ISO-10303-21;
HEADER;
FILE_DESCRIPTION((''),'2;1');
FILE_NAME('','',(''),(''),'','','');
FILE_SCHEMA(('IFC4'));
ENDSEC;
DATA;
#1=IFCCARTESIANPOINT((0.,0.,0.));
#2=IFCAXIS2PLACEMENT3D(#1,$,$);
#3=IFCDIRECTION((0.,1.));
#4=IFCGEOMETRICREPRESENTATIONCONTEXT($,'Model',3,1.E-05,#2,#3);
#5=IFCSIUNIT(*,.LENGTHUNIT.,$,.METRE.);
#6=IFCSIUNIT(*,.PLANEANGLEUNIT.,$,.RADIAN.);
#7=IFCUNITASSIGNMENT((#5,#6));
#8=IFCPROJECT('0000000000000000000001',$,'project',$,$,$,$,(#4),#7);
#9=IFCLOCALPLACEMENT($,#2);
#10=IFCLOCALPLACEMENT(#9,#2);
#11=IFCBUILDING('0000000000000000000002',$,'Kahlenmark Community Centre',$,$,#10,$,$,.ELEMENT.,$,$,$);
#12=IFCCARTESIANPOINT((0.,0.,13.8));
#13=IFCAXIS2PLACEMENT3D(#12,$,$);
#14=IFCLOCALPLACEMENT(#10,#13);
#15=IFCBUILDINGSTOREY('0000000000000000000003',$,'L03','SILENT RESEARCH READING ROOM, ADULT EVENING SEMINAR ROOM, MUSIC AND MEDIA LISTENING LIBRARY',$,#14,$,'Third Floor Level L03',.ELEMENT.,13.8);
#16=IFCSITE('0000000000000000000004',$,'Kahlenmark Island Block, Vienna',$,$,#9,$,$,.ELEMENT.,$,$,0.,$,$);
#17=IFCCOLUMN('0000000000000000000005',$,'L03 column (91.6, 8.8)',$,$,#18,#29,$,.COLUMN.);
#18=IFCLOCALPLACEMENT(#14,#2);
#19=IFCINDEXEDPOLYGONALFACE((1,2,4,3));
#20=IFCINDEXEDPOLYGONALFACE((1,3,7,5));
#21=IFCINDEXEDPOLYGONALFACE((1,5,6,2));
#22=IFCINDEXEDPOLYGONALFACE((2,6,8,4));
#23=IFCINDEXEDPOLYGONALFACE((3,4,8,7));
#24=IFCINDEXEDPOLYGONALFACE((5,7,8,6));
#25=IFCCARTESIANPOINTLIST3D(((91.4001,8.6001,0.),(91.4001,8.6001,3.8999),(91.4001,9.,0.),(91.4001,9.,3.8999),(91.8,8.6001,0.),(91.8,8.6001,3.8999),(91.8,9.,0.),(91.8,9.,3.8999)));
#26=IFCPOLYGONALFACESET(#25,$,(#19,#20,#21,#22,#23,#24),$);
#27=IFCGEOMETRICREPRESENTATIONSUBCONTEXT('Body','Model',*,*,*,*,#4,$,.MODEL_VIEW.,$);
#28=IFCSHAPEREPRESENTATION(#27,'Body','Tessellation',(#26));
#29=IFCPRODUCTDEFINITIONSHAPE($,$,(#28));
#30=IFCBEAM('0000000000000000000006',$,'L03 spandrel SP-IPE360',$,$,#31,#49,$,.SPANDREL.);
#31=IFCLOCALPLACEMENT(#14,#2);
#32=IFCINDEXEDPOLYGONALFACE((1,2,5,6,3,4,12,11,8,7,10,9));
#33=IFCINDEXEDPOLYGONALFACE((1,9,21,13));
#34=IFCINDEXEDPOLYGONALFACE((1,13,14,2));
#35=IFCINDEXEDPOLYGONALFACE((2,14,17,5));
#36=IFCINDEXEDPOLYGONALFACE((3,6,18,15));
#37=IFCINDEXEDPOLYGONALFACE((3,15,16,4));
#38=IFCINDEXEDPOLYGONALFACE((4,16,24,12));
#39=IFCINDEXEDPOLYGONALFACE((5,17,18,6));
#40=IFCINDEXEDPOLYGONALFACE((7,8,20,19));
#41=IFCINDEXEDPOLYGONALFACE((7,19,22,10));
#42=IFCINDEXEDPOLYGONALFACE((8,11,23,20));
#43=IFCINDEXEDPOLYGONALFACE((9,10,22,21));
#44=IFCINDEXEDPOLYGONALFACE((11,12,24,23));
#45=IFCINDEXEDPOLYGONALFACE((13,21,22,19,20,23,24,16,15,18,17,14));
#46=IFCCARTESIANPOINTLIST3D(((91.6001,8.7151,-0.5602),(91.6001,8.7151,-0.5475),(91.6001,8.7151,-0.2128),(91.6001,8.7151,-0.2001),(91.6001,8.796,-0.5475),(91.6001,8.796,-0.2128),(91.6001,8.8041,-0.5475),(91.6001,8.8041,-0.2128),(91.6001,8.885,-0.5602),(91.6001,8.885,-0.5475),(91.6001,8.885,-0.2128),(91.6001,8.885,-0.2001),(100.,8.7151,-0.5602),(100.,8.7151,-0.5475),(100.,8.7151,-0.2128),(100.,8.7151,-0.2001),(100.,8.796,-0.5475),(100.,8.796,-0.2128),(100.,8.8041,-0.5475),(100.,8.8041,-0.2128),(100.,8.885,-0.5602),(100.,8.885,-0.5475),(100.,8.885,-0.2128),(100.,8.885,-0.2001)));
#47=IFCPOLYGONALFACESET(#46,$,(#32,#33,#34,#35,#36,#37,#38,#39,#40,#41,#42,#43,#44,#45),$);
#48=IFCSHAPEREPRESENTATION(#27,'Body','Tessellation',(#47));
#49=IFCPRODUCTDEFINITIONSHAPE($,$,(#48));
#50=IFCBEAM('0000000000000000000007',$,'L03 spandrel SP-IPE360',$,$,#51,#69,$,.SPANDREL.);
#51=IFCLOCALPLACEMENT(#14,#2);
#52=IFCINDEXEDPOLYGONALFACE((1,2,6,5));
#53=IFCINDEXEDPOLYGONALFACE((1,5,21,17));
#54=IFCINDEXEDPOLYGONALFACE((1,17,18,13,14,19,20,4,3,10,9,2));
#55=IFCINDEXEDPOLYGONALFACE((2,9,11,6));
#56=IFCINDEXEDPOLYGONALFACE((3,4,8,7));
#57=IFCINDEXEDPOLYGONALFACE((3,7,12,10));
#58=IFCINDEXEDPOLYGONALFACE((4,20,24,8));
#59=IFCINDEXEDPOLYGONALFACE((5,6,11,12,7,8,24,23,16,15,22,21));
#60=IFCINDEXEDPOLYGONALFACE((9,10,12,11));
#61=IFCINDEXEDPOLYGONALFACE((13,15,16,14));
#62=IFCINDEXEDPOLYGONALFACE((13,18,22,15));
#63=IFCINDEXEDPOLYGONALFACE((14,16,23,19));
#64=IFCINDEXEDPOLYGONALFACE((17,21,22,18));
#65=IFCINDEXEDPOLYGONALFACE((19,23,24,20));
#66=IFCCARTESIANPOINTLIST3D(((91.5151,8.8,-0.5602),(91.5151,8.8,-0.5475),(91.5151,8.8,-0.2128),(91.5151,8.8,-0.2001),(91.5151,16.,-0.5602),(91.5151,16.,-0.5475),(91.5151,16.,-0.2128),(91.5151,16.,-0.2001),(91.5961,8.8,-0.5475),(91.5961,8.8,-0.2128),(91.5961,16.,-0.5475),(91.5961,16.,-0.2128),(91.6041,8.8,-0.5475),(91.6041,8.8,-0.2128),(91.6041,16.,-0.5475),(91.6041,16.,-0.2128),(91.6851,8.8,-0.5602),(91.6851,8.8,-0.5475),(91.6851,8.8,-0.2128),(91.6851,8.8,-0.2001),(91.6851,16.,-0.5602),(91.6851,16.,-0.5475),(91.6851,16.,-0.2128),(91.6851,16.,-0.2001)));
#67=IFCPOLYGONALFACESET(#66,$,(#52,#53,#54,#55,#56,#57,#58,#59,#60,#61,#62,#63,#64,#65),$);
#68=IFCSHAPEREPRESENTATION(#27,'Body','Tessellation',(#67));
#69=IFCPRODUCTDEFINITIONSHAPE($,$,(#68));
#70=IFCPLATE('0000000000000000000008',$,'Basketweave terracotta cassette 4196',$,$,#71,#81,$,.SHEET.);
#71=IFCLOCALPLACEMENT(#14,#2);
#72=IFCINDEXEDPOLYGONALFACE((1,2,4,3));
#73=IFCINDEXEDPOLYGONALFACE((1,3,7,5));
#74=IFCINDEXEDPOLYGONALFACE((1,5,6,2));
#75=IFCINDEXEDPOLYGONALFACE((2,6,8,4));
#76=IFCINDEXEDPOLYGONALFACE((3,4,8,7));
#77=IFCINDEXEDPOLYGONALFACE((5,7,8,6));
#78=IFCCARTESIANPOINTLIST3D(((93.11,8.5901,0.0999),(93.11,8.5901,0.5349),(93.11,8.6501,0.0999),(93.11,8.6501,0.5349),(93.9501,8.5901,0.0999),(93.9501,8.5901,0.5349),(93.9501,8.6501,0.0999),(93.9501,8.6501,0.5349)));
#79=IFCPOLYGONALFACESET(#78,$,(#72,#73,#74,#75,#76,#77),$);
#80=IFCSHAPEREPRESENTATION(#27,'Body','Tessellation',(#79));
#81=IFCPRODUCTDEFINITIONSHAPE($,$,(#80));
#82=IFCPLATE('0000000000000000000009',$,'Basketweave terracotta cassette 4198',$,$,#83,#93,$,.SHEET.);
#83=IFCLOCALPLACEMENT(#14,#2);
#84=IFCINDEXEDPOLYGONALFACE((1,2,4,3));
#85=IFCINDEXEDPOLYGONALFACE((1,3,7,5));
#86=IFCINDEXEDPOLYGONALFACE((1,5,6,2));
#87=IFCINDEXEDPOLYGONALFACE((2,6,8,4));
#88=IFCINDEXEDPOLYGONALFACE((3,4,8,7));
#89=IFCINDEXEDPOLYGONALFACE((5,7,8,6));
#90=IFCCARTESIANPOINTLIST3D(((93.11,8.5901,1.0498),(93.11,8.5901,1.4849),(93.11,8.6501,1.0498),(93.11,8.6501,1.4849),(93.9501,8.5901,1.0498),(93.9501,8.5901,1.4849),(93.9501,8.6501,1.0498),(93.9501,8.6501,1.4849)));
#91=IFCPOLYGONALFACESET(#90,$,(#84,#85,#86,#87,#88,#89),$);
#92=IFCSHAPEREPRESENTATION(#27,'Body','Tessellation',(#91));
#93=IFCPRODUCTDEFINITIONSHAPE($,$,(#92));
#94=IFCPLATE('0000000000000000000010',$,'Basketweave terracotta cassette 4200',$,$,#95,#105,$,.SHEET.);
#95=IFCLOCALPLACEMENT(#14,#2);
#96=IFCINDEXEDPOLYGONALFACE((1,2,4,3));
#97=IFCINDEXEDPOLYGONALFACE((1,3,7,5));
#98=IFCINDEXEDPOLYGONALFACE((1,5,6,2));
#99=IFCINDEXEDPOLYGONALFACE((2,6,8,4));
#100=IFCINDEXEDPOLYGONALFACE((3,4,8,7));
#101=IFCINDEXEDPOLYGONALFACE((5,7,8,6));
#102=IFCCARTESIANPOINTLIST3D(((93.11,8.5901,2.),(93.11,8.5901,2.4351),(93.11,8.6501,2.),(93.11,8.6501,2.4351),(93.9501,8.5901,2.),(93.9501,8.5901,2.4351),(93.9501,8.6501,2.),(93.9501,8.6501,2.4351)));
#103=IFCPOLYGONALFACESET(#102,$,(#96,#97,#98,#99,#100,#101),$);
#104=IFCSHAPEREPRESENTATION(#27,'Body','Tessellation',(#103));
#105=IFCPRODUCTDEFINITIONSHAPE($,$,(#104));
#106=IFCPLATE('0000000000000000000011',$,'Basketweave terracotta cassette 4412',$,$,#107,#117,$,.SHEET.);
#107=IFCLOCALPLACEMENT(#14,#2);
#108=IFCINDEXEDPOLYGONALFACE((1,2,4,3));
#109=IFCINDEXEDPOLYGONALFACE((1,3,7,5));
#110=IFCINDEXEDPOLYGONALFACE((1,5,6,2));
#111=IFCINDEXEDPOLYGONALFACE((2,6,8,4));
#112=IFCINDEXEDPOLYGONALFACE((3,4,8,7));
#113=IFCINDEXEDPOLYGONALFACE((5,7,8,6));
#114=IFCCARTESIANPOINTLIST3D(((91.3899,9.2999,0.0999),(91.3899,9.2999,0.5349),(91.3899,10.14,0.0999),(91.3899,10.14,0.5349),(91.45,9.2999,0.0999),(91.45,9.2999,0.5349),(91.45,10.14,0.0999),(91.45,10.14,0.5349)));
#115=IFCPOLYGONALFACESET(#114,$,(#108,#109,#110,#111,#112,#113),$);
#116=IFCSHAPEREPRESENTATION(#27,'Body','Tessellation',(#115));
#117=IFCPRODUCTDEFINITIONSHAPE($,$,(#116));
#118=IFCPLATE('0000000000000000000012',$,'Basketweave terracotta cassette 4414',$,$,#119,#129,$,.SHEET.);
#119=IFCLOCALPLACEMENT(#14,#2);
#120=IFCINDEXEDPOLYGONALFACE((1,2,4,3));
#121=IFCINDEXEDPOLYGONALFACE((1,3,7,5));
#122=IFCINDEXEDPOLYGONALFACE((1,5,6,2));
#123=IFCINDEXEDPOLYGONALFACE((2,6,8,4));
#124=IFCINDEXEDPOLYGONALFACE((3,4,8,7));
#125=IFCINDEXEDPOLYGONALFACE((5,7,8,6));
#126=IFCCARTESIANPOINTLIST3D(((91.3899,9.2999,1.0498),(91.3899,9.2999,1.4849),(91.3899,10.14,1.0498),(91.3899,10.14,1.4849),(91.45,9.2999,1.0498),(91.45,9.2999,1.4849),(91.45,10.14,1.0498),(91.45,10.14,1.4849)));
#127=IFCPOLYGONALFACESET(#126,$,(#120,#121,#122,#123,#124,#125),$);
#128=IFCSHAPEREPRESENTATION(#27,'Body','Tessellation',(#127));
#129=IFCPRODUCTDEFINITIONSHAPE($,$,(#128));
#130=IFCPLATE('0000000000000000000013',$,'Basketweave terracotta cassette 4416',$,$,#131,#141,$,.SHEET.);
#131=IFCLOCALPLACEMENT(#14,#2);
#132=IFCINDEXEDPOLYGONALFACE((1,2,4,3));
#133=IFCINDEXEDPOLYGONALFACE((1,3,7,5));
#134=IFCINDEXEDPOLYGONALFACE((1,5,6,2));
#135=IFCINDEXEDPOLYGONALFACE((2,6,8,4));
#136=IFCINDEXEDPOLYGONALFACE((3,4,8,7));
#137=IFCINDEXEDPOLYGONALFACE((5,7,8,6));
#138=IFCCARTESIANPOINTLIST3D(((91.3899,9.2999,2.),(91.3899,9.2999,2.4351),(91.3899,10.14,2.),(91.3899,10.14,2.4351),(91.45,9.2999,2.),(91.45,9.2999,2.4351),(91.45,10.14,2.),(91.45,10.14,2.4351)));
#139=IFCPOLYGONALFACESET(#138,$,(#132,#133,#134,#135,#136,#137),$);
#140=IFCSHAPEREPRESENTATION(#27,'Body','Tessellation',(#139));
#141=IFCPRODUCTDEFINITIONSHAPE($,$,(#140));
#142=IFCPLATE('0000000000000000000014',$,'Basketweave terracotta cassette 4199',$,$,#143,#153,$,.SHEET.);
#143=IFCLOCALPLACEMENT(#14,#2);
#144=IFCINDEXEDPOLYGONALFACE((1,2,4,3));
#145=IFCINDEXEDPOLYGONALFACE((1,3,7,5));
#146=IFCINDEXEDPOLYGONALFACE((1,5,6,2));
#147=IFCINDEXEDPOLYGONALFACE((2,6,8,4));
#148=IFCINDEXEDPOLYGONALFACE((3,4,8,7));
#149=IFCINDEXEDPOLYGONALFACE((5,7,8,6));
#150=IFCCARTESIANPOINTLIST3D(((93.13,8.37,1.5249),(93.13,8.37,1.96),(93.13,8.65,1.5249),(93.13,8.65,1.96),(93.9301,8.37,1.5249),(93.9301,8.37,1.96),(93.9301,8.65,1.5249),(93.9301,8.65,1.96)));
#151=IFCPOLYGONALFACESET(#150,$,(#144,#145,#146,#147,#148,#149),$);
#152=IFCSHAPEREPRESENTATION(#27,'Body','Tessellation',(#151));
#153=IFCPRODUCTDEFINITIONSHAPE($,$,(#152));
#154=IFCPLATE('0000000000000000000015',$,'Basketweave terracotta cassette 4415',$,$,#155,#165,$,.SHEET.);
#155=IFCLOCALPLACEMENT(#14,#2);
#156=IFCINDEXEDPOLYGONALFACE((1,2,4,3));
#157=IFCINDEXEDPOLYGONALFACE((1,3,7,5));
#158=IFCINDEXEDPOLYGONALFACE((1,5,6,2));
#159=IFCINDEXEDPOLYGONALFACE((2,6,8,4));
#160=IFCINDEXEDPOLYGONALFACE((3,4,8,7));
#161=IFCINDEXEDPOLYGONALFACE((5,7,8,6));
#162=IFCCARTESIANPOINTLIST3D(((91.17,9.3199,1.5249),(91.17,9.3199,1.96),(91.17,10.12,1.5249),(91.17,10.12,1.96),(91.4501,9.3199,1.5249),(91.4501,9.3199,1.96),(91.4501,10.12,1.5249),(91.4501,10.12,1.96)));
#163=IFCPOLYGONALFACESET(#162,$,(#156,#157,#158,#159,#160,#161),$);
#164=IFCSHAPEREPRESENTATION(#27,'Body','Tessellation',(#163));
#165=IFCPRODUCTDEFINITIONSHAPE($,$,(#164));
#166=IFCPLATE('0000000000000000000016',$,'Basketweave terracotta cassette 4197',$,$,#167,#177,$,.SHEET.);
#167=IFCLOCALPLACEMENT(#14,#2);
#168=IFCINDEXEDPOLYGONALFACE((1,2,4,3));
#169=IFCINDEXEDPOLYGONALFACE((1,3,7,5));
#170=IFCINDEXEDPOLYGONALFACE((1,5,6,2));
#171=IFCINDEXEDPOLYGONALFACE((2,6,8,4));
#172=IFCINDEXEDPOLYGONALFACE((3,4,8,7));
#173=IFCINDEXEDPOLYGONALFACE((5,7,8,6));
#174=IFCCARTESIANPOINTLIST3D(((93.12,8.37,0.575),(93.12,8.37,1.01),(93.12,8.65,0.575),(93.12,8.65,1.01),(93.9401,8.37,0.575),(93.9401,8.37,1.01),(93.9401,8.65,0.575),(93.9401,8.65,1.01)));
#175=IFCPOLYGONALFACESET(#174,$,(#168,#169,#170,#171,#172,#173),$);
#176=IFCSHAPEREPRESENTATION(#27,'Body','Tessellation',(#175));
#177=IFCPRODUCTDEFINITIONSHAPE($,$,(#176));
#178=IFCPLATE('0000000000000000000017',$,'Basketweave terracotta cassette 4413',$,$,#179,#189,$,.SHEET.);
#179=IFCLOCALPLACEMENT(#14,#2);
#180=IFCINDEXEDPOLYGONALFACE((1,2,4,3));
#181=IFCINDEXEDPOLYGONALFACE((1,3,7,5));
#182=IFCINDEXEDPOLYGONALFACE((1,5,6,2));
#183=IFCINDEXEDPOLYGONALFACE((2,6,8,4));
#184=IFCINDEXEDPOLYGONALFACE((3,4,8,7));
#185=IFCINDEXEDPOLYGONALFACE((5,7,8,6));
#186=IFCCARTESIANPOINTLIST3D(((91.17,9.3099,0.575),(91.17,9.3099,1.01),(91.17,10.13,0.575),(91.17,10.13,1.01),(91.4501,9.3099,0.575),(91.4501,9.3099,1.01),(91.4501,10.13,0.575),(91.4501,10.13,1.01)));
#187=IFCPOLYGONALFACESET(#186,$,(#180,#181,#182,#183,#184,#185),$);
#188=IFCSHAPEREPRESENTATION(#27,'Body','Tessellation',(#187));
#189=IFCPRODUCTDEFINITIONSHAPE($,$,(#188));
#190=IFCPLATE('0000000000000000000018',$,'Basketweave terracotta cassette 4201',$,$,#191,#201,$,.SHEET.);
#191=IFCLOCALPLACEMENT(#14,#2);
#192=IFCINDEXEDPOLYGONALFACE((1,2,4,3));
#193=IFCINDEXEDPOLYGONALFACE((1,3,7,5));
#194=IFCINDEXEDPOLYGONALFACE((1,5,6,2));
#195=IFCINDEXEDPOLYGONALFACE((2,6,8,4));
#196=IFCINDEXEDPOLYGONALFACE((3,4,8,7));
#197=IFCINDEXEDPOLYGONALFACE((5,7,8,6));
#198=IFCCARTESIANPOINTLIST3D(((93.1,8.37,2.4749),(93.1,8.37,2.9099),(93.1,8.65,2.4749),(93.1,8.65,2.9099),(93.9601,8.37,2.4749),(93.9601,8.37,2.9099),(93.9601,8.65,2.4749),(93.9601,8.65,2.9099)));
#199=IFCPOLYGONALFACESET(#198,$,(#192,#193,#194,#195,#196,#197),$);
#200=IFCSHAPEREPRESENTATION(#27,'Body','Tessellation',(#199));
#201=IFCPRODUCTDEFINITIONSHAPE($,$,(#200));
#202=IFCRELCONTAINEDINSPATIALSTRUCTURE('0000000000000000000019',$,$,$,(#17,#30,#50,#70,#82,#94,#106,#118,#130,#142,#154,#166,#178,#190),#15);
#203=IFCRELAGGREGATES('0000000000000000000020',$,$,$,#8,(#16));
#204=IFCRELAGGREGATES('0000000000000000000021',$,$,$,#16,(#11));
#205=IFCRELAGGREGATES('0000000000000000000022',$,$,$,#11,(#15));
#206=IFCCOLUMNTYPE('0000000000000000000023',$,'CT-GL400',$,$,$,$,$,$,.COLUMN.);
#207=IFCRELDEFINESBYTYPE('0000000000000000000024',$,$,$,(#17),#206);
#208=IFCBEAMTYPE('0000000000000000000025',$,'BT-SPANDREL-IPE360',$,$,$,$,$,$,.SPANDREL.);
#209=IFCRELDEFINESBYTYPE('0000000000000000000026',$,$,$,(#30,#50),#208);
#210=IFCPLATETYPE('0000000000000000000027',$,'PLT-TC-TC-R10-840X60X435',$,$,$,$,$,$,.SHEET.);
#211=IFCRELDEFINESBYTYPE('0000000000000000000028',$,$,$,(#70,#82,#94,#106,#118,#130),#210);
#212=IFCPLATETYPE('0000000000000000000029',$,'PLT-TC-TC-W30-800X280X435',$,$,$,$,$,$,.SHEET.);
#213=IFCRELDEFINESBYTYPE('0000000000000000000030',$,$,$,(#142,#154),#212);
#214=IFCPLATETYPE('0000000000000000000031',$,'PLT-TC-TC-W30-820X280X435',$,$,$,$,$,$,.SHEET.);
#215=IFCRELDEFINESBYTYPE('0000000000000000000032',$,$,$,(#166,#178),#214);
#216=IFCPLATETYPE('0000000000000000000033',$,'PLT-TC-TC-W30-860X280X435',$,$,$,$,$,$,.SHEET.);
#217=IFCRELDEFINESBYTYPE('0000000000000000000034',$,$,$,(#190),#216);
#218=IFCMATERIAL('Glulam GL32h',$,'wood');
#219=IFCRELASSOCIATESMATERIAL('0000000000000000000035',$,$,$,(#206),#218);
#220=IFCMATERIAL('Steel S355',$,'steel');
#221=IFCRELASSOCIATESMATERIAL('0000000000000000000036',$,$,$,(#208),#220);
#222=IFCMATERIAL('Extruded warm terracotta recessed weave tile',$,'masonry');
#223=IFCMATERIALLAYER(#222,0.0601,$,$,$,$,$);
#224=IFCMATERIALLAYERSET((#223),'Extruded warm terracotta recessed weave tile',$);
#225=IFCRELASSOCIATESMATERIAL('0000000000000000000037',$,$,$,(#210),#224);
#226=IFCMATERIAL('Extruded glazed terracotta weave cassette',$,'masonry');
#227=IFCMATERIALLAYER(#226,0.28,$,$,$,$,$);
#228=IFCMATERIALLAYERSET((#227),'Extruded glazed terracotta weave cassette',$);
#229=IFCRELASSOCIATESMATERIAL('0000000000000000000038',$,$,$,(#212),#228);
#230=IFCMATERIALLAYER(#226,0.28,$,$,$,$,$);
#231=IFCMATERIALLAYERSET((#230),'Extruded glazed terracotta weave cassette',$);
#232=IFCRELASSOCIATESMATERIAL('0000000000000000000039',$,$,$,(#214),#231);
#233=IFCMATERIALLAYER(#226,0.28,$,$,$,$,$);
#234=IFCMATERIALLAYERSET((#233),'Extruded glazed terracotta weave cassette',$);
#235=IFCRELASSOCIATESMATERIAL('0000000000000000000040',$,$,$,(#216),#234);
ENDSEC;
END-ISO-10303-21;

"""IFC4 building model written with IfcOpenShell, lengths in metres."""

from ifc_helpers import new_model, si_unit, direction, frame, origin, origin_2d, place, context, subcontext, project, spatial, rectangle, i_section, extrude, material, layer, layer_set, material_profile, profile_set, type_object, element, save


model = new_model("IFC4")

# Units and contexts
model_context = context("Model", 3, precision=1e-05, world=origin(), true_north=direction((0.0, 1.0)))
body_context = subcontext(model_context, "Body", "Model", "MODEL_VIEW")
ifc_project = project(units=[si_unit("LENGTHUNIT", "METRE"), si_unit("PLANEANGLEUNIT", "RADIAN")], contexts=[model_context])

# Site, building, storey
site_placement = place(None, origin())
site = spatial("IfcSite", under=ifc_project, at=site_placement, Name="Kahlenmark Island Block, Vienna", CompositionType="ELEMENT", RefElevation=0.0)
building_placement = place(site_placement, origin())
building = spatial("IfcBuilding", under=site, at=building_placement, Name="Kahlenmark Community Centre", CompositionType="ELEMENT")
storey_placement = place(building_placement, frame((0.0, 0.0, 13.8)))
storey = spatial("IfcBuildingStorey", under=building, at=storey_placement, Name="L03", Description="SILENT RESEARCH READING ROOM, ADULT EVENING SEMINAR ROOM, MUSIC AND MEDIA LISTENING LIBRARY", LongName="Third Floor Level L03", CompositionType="ELEMENT", Elevation=13.8)

# Column
ifc_material_1 = material(Name="Glulam GL32h", Category="wood")
ifc_material_profile_1 = material_profile(ifc_material_1, rectangle(XDim=0.3999, YDim=0.3999, at=origin_2d()), Name="GL32h 400x400")
ifc_profile_set_1 = profile_set([ifc_material_profile_1], Name="Glulam GL32h")
column_type = type_object("IfcColumnType", Name="CT-GL400", PredefinedType="COLUMN", material=ifc_profile_set_1)
column_placement = place(storey_placement, frame((91.6001, 8.8, 0.0), z_axis=(0.0, 0.0, 1.0), x_axis=(1.0, 0.0, 0.0)))
element("IfcColumn", 1, at=column_placement, inside=storey, type_object=column_type, Name="L03 column (91.6, 8.8)", PredefinedType="COLUMN", context=body_context, shape_type="SweptSolid", body=[
    extrude(rectangle(XDim=0.3999, YDim=0.3999, at=origin_2d()), origin(), (0.0, 0.0, 1.0), 3.8999),
])

# Beams
ifc_material_2 = material(Name="Steel S355", Category="steel")
ifc_material_profile_2 = material_profile(ifc_material_2, i_section(OverallWidth=0.1699, OverallDepth=0.3601, WebThickness=0.0081, FlangeThickness=0.0127, at=origin_2d()), Name="IPE 360")
ifc_profile_set_2 = profile_set([ifc_material_profile_2], Name="Steel S355")
beam_type = type_object("IfcBeamType", Name="BT-SPANDREL-IPE360", PredefinedType="SPANDREL", material=ifc_profile_set_2)
beam_1_placement = place(storey_placement, frame((91.6001, 8.8, -0.3801), z_axis=(1.0, 0.0, 0.0), x_axis=(0.0, 1.0, 0.0)))
element("IfcBeam", 2, at=beam_1_placement, inside=storey, type_object=beam_type, Name="L03 spandrel SP-IPE360", PredefinedType="SPANDREL", context=body_context, shape_type="SweptSolid", body=[
    extrude(i_section(OverallWidth=0.1699, OverallDepth=0.3601, WebThickness=0.0081, FlangeThickness=0.0127, at=origin_2d()), origin(), (0.0, 0.0, 1.0), 8.3999),
])
beam_2_placement = place(storey_placement, frame((91.6001, 8.8, -0.3801), z_axis=(0.0, 1.0, 0.0), x_axis=(-1.0, 0.0, 0.0)))
element("IfcBeam", 3, at=beam_2_placement, inside=storey, type_object=beam_type, Name="L03 spandrel SP-IPE360", PredefinedType="SPANDREL", context=body_context, shape_type="SweptSolid", body=[
    extrude(i_section(OverallWidth=0.1699, OverallDepth=0.3601, WebThickness=0.0081, FlangeThickness=0.0127, at=origin_2d()), origin(), (0.0, 0.0, 1.0), 7.2),
])

# Plates
ifc_material_3 = material(Name="Extruded warm terracotta recessed weave tile", Category="masonry")
ifc_layer_1 = layer(ifc_material_3, 0.0601)
ifc_layer_set_1 = layer_set([ifc_layer_1], Name="Extruded warm terracotta recessed weave tile")
plate_type_1 = type_object("IfcPlateType", Name="PLT-TC-TC-R10-840X60X435", PredefinedType="SHEET", material=ifc_layer_set_1)
for number, where, z_axis, x_axis, name in (
    (4, (93.53, 8.6201, 0.0999), (0.0, 0.0, 1.0), (1.0, 0.0, 0.0), "Basketweave terracotta cassette 4196"),
    (5, (93.53, 8.6201, 1.0498), (0.0, 0.0, 1.0), (1.0, 0.0, 0.0), "Basketweave terracotta cassette 4198"),
    (6, (93.53, 8.6201, 2.0), (0.0, 0.0, 1.0), (1.0, 0.0, 0.0), "Basketweave terracotta cassette 4200"),
    (7, (91.4199, 9.72, 0.0999), (0.0, 0.0, 1.0), (0.0, -1.0, 0.0), "Basketweave terracotta cassette 4412"),
    (8, (91.4199, 9.72, 1.0498), (0.0, 0.0, 1.0), (0.0, -1.0, 0.0), "Basketweave terracotta cassette 4414"),
    (9, (91.4199, 9.72, 2.0), (0.0, 0.0, 1.0), (0.0, -1.0, 0.0), "Basketweave terracotta cassette 4416"),
):
    element("IfcPlate", number, at=place(storey_placement, frame(where, z_axis=z_axis, x_axis=x_axis)), inside=storey, type_object=plate_type_1, Name=name, PredefinedType="SHEET", context=body_context, shape_type="SweptSolid", body=[
        extrude(rectangle(XDim=0.8401, YDim=0.0601, at=origin_2d()), origin(), (0.0, 0.0, 1.0), 0.4351),
    ])
ifc_material_4 = material(Name="Extruded glazed terracotta weave cassette", Category="masonry")
ifc_layer_2 = layer(ifc_material_4, 0.28)
ifc_layer_set_2 = layer_set([ifc_layer_2], Name="Extruded glazed terracotta weave cassette")
plate_type_2 = type_object("IfcPlateType", Name="PLT-TC-TC-W30-800X280X435", PredefinedType="SHEET", material=ifc_layer_set_2)
for number, where, z_axis, x_axis, name in (
    (10, (93.53, 8.51, 1.5249), (0.0, 0.0, 1.0), (1.0, 0.0, 0.0), "Basketweave terracotta cassette 4199"),
    (11, (91.3101, 9.72, 1.5249), (0.0, 0.0, 1.0), (0.0, -1.0, 0.0), "Basketweave terracotta cassette 4415"),
):
    element("IfcPlate", number, at=place(storey_placement, frame(where, z_axis=z_axis, x_axis=x_axis)), inside=storey, type_object=plate_type_2, Name=name, PredefinedType="SHEET", context=body_context, shape_type="SweptSolid", body=[
        extrude(rectangle(XDim=0.8, YDim=0.28, at=origin_2d()), origin(), (0.0, 0.0, 1.0), 0.4351),
    ])
ifc_layer_3 = layer(ifc_material_4, 0.28)
ifc_layer_set_3 = layer_set([ifc_layer_3], Name="Extruded glazed terracotta weave cassette")
plate_type_3 = type_object("IfcPlateType", Name="PLT-TC-TC-W30-820X280X435", PredefinedType="SHEET", material=ifc_layer_set_3)
for number, where, z_axis, x_axis, name in (
    (12, (93.53, 8.51, 0.575), (0.0, 0.0, 1.0), (1.0, 0.0, 0.0), "Basketweave terracotta cassette 4197"),
    (13, (91.3101, 9.72, 0.575), (0.0, 0.0, 1.0), (0.0, -1.0, 0.0), "Basketweave terracotta cassette 4413"),
):
    element("IfcPlate", number, at=place(storey_placement, frame(where, z_axis=z_axis, x_axis=x_axis)), inside=storey, type_object=plate_type_3, Name=name, PredefinedType="SHEET", context=body_context, shape_type="SweptSolid", body=[
        extrude(rectangle(XDim=0.8201, YDim=0.28, at=origin_2d()), origin(), (0.0, 0.0, 1.0), 0.4351),
    ])
ifc_layer_4 = layer(ifc_material_4, 0.28)
ifc_layer_set_4 = layer_set([ifc_layer_4], Name="Extruded glazed terracotta weave cassette")
plate_type_4 = type_object("IfcPlateType", Name="PLT-TC-TC-W30-860X280X435", PredefinedType="SHEET", material=ifc_layer_set_4)
for number, where, z_axis, x_axis, name in (
    (14, (93.53, 8.51, 2.4749), (0.0, 0.0, 1.0), (1.0, 0.0, 0.0), "Basketweave terracotta cassette 4201"),
):
    element("IfcPlate", number, at=place(storey_placement, frame(where, z_axis=z_axis, x_axis=x_axis)), inside=storey, type_object=plate_type_4, Name=name, PredefinedType="SHEET", context=body_context, shape_type="SweptSolid", body=[
        extrude(rectangle(XDim=0.8601, YDim=0.28, at=origin_2d()), origin(), (0.0, 0.0, 1.0), 0.4351),
    ])

save(model, "model.ifc")
